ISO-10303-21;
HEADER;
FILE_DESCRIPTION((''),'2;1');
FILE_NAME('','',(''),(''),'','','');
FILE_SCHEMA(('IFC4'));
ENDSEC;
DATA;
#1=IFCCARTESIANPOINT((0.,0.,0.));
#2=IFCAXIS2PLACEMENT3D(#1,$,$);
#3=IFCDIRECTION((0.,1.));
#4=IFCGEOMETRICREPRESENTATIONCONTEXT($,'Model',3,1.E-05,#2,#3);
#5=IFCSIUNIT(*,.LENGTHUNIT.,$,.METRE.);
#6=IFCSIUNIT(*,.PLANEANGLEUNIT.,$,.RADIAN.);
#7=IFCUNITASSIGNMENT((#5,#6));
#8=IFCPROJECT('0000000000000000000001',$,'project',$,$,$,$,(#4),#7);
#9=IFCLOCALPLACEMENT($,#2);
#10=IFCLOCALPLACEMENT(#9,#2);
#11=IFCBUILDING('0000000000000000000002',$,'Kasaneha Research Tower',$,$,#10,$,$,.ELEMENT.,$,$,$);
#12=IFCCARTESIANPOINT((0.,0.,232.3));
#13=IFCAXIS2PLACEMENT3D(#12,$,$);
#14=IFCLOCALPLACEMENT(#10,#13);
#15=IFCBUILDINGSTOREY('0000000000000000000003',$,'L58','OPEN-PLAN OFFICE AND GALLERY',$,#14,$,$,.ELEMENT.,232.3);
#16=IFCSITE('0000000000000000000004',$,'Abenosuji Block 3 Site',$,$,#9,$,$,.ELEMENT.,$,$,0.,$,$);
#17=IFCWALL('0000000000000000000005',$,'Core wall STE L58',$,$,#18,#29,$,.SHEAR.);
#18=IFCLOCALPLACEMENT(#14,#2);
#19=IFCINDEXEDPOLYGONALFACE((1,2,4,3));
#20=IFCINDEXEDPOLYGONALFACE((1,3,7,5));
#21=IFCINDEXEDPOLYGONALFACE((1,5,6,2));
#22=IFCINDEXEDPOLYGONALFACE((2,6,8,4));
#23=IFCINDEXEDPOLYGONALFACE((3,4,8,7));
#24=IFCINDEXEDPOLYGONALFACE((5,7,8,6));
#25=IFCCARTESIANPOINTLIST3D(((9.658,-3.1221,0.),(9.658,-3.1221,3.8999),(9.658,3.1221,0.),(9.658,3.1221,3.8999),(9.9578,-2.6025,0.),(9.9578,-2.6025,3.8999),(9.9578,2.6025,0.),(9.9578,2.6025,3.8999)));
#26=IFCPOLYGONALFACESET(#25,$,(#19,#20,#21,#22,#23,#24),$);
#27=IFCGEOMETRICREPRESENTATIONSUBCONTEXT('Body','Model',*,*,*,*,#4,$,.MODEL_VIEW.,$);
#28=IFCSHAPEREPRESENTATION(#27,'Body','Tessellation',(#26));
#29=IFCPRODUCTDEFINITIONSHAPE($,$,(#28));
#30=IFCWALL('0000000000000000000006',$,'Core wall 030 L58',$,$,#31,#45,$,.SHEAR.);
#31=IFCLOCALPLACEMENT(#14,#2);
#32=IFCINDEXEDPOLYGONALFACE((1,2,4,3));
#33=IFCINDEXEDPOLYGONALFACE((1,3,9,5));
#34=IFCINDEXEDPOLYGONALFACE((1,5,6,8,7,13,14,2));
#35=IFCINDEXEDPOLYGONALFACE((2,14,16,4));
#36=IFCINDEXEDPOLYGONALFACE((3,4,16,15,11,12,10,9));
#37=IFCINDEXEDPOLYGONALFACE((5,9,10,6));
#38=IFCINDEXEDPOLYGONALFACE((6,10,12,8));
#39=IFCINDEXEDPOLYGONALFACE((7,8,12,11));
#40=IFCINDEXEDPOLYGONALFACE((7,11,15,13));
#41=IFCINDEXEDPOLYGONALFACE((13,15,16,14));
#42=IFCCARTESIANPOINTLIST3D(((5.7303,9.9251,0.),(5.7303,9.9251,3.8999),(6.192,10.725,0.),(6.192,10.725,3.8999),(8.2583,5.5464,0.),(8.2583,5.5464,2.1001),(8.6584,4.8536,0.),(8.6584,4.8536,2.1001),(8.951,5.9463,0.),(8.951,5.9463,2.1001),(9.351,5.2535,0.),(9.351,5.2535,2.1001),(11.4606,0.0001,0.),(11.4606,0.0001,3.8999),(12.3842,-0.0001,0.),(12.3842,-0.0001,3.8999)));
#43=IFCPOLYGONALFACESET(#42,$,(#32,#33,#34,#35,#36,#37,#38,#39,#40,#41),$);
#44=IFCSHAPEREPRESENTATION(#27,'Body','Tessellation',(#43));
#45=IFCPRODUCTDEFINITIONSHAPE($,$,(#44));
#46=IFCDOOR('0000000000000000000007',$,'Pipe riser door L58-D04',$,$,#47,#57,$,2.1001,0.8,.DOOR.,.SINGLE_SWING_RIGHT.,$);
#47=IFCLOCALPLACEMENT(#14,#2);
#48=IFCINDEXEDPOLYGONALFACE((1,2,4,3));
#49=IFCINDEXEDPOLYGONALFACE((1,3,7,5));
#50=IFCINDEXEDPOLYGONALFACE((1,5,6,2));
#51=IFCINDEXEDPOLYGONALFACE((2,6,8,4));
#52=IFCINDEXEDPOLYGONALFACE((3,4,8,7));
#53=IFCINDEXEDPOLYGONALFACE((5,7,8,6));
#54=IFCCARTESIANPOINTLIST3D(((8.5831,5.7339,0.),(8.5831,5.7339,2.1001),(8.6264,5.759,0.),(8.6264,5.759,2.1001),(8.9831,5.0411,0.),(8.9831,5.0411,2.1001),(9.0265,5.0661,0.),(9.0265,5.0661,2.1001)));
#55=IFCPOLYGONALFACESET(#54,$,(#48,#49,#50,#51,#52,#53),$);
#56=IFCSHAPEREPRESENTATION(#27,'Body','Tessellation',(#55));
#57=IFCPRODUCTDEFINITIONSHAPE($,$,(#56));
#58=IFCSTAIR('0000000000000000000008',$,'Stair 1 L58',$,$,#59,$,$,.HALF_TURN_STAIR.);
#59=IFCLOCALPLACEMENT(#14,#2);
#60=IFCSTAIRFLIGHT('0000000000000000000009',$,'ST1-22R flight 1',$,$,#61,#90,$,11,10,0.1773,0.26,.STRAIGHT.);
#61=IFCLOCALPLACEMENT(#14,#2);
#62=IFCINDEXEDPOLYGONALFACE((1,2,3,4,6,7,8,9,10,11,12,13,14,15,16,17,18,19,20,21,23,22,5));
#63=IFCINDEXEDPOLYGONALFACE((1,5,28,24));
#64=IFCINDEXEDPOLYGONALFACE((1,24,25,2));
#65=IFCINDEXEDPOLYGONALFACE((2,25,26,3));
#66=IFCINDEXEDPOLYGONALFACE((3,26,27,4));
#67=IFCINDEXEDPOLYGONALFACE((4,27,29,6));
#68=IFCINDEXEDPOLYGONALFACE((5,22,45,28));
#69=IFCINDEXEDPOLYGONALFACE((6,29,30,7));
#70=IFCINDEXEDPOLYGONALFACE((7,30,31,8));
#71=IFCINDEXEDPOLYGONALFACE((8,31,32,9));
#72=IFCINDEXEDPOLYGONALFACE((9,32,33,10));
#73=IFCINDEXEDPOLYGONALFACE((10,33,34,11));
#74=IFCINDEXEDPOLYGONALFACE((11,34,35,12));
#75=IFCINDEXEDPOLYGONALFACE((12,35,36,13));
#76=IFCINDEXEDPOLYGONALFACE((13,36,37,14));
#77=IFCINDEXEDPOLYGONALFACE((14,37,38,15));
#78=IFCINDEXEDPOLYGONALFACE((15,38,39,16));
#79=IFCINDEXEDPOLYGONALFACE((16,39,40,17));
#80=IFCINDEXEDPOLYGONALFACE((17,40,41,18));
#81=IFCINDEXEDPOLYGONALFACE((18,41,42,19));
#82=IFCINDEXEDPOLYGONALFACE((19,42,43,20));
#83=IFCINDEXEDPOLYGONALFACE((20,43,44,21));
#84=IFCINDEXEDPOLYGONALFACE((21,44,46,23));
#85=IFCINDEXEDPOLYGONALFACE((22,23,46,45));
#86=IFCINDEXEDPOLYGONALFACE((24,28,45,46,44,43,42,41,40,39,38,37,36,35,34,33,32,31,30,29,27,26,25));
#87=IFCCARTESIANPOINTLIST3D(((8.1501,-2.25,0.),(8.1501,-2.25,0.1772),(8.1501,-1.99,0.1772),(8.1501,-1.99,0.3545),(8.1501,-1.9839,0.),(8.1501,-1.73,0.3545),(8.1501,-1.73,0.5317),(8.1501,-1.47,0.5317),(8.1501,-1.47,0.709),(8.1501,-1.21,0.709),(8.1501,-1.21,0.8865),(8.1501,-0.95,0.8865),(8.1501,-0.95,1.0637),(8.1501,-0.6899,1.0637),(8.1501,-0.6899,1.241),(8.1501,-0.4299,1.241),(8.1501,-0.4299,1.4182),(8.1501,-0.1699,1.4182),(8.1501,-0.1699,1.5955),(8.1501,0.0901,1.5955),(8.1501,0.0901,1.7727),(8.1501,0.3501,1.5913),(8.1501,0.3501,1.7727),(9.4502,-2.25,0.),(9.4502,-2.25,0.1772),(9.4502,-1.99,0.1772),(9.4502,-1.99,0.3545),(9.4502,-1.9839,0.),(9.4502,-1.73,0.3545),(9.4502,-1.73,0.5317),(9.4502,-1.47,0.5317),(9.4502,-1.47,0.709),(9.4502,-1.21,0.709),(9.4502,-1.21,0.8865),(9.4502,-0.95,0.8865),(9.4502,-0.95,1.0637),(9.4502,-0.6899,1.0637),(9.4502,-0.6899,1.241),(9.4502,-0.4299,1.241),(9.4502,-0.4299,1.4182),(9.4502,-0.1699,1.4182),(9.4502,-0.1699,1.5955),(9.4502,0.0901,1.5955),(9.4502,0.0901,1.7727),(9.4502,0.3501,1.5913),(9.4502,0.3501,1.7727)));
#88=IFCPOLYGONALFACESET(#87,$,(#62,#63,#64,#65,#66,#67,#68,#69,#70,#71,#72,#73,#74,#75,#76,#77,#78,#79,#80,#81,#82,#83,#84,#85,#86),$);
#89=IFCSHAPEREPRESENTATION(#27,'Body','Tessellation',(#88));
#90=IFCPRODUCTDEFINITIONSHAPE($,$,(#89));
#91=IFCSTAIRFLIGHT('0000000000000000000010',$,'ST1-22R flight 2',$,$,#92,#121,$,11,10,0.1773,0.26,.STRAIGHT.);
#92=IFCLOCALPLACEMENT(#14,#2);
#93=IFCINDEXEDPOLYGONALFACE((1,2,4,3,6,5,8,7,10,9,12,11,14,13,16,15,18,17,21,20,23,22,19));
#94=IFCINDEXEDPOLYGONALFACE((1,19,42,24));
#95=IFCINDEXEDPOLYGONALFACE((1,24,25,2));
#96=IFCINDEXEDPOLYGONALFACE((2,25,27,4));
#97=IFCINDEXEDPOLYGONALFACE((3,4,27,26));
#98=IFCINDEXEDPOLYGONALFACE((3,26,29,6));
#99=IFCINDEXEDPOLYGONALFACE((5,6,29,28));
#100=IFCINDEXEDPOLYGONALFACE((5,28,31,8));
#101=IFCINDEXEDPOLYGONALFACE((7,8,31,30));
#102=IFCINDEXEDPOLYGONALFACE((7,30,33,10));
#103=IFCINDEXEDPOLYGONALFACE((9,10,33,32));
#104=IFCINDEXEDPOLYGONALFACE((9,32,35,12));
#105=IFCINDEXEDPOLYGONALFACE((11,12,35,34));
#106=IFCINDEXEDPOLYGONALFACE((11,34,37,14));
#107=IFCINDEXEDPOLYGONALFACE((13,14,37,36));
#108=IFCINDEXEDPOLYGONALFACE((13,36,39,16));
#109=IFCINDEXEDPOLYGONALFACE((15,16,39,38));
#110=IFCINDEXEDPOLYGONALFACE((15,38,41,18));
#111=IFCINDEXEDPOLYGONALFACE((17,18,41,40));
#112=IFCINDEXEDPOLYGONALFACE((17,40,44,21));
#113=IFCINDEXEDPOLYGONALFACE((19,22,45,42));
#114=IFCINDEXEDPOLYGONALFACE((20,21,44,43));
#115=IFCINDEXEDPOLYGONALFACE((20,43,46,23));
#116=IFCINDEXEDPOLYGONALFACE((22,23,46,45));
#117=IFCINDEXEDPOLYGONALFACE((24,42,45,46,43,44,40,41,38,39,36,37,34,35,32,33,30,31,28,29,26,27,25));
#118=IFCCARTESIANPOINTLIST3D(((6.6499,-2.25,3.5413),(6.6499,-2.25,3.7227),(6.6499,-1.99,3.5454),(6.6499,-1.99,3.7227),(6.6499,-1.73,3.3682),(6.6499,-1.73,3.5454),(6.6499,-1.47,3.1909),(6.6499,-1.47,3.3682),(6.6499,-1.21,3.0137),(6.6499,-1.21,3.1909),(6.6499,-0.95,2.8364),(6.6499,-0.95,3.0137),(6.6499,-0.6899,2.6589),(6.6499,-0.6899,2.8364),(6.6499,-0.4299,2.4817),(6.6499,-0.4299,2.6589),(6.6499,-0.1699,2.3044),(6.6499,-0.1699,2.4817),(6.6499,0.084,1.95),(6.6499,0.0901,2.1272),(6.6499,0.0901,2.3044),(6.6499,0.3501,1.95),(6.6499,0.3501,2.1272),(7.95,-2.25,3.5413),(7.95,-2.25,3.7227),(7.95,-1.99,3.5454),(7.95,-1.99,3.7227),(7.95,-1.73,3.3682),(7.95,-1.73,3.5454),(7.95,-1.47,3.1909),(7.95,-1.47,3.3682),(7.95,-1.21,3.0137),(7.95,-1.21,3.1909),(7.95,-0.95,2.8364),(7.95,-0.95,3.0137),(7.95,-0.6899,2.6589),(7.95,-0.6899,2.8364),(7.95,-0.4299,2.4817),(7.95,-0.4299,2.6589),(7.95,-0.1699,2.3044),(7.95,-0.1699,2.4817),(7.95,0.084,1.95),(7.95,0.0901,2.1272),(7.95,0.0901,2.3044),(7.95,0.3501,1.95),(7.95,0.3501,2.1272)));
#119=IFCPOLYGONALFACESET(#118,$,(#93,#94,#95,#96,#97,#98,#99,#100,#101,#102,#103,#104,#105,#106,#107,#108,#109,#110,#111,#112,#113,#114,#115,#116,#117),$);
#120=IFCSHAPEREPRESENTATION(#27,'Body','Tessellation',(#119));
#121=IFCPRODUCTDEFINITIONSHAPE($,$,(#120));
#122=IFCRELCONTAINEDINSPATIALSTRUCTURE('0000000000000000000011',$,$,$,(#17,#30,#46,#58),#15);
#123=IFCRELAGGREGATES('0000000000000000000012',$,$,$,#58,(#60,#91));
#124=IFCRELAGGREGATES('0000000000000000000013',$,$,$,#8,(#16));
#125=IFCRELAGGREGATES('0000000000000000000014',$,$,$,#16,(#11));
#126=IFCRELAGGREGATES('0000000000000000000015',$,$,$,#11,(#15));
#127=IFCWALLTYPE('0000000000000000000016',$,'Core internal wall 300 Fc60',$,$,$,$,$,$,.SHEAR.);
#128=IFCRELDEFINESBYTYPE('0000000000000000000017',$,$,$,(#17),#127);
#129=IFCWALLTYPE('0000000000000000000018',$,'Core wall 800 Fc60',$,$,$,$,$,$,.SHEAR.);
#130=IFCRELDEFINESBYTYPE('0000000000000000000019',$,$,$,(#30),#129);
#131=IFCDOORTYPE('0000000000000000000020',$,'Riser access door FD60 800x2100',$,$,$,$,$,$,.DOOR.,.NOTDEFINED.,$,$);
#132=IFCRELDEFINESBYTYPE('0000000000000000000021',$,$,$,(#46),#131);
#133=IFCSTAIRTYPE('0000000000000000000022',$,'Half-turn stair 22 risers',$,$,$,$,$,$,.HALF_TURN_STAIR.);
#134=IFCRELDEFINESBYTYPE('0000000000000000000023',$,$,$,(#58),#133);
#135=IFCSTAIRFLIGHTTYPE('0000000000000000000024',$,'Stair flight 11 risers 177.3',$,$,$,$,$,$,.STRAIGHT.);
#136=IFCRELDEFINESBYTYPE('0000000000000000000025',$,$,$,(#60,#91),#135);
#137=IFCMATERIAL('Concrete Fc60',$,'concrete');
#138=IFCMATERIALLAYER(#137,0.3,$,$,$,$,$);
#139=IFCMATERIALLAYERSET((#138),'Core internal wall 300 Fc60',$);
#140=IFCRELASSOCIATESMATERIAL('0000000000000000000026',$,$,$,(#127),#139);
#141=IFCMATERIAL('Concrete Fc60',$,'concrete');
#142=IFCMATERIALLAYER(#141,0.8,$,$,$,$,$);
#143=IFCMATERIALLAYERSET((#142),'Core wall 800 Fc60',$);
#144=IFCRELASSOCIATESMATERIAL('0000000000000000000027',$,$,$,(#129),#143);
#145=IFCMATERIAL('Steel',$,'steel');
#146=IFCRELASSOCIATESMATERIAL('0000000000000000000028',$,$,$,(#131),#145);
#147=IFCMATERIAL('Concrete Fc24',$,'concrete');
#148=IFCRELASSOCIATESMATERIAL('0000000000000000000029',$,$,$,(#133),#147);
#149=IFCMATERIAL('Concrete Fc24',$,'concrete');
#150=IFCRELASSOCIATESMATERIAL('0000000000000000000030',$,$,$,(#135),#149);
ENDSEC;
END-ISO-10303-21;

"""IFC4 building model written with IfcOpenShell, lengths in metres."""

from ifc_helpers import new_model, si_unit, direction, frame, frame_2d, origin, place, context, subcontext, project, spatial, polyline, rectangle, outline, extrude, material, layer, layer_set, type_object, element, fill, aggregate, save


model = new_model("IFC4")

# Units and contexts
model_context = context("Model", 3, precision=1e-05, world=origin(), true_north=direction((0.0, 1.0)))
body_context = subcontext(model_context, "Body", "Model", "MODEL_VIEW")
ifc_project = project(units=[si_unit("LENGTHUNIT", "METRE"), si_unit("PLANEANGLEUNIT", "RADIAN")], contexts=[model_context])

# Site, building, storey
site_placement = place(None, origin())
site = spatial("IfcSite", under=ifc_project, at=site_placement, Name="Abenosuji Block 3 Site", CompositionType="ELEMENT", RefElevation=0.0)
building_placement = place(site_placement, origin())
building = spatial("IfcBuilding", under=site, at=building_placement, Name="Kasaneha Research Tower", CompositionType="ELEMENT")
storey_placement = place(building_placement, frame((0.0, 0.0, 232.3)))
storey = spatial("IfcBuildingStorey", under=building, at=storey_placement, Name="L58", Description="OPEN-PLAN OFFICE AND GALLERY", CompositionType="ELEMENT", Elevation=232.3)

# Shared definitions
ifc_material_1 = material(Name="Concrete Fc60", Category="concrete")
ifc_layer_1 = layer(ifc_material_1, 0.3)
ifc_layer_set_1 = layer_set([ifc_layer_1], Name="Core internal wall 300 Fc60")
wall_type_1 = type_object("IfcWallType", Name="Core internal wall 300 Fc60", PredefinedType="SHEAR", material=ifc_layer_set_1)

# Wall
wall_1_placement = place(storey_placement, frame((9.8079, -2.8623, 0.0), z_axis=(0.0, 0.0, 1.0), x_axis=(0.0, 1.0, 0.0)))
element("IfcWall", 1, at=wall_1_placement, inside=storey, type_object=wall_type_1, Name="Core wall STE L58", PredefinedType="SHEAR", context=body_context, shape_type="SweptSolid", body=[
    extrude(outline(polyline([(0.2598, -0.1499), (5.4648, -0.1499), (5.9844, 0.1499), (-0.2598, 0.1499), (0.2598, -0.1499)])), origin(), (0.0, 0.0, 1.0), 3.8999),
])

# Wall, opening, door
ifc_material_2 = material(Name="Concrete Fc60", Category="concrete")
ifc_layer_2 = layer(ifc_material_2, 0.8)
ifc_layer_set_2 = layer_set([ifc_layer_2], Name="Core wall 800 Fc60")
wall_type_2 = type_object("IfcWallType", Name="Core wall 800 Fc60", PredefinedType="SHEAR", material=ifc_layer_set_2)
wall_2_placement = place(storey_placement, frame((11.9224, 0.0, 0.0), z_axis=(0.0, 0.0, 1.0), x_axis=(-0.500004, 0.866023, 0.0)))
wall_2 = element("IfcWall", 2, at=wall_2_placement, inside=storey, type_object=wall_type_2, Name="Core wall 030 L58", PredefinedType="SHEAR", context=body_context, shape_type="SweptSolid", body=[
    extrude(outline(polyline([(-0.231, -0.3999), (5.8354, -0.3999), (6.6355, -0.3999), (12.1533, -0.3999), (11.6914, 0.3999), (6.6355, 0.3999), (5.8354, 0.3999), (0.231, 0.3999), (-0.231, -0.3999)])), origin(), (0.0, 0.0, 1.0), 3.8999),
])
opening_1_placement = place(wall_2_placement, frame((5.8354, 0.0, 0.0)))
opening_1 = element("IfcOpeningElement", 3, at=opening_1_placement, cuts=wall_2, PredefinedType="OPENING", context=body_context, shape_type="SweptSolid", body=[
    extrude(rectangle(XDim=0.8, YDim=2.1001, at=frame_2d((0.3999, 1.05))), frame((0.0, 0.4102, 0.0), z_axis=(0.0, -1.0, 0.0), x_axis=(1.0, 0.0, 0.0)), (0.0, 0.0, 1.0), 0.8201),
])
ifc_material_3 = material(Name="Steel", Category="steel")
door_type_1 = type_object("IfcDoorType", Name="Riser access door FD60 800x2100", OperationType="NOTDEFINED", PredefinedType="DOOR", material=ifc_material_3)
door_1_placement = place(opening_1_placement, origin())
door_1 = element("IfcDoor", 4, at=door_1_placement, inside=storey, type_object=door_type_1, Name="Pipe riser door L58-D04", OperationType="SINGLE_SWING_RIGHT", OverallHeight=2.1001, OverallWidth=0.8, PredefinedType="DOOR", context=body_context, shape_type="SweptSolid", body=[
    extrude(rectangle(XDim=0.8, YDim=2.1001, at=frame_2d((0.3999, 1.05))), frame((0.0, 0.0249, 0.0), z_axis=(0.0, -1.0, 0.0), x_axis=(1.0, 0.0, 0.0)), (0.0, 0.0, 1.0), 0.05),
])
fill(opening_1, door_1)

# Stair, stair flights
ifc_material_4 = material(Name="Concrete Fc24", Category="concrete")
stair_type = type_object("IfcStairType", Name="Half-turn stair 22 risers", PredefinedType="HALF_TURN_STAIR", material=ifc_material_4)
stair_placement = place(storey_placement, origin())
stair = element("IfcStair", 5, at=stair_placement, inside=storey, type_object=stair_type, Name="Stair 1 L58", PredefinedType="HALF_TURN_STAIR")
ifc_material_5 = material(Name="Concrete Fc24", Category="concrete")
stair_flight_type = type_object("IfcStairFlightType", Name="Stair flight 11 risers 177.3", PredefinedType="STRAIGHT", material=ifc_material_5)
stair_flight_1_placement = place(storey_placement, frame((8.8, -2.25, 0.0), z_axis=(0.0, 0.0, 1.0), x_axis=(0.0, 1.0, 0.0)))
stair_flight_1 = element("IfcStairFlight", 6, at=stair_flight_1_placement, type_object=stair_flight_type, Name="ST1-22R flight 1", NumberOfRisers=11, NumberOfTreads=10, PredefinedType="STRAIGHT", RiserHeight=0.1773, TreadLength=0.26, context=body_context, shape_type="SweptSolid", body=[
    extrude(outline(polyline([(0.0, 0.0), (0.0, 0.1772), (0.26, 0.1772), (0.26, 0.3545), (0.52, 0.3545), (0.52, 0.5317), (0.78, 0.5317), (0.78, 0.709), (1.04, 0.709), (1.04, 0.8865), (1.3, 0.8865), (1.3, 1.0637), (1.5601, 1.0637), (1.5601, 1.241), (1.8201, 1.241), (1.8201, 1.4182), (2.0801, 1.4182), (2.0801, 1.5955), (2.3401, 1.5955), (2.3401, 1.7727), (2.6001, 1.7727), (2.6001, 1.95), (2.6001, 1.5913), (0.2661, 0.0), (0.0, 0.0)])), frame((0.0, 0.6499, 0.0), z_axis=(0.0, -1.0, 0.0), x_axis=(1.0, 0.0, 0.0)), (0.0, 0.0, 1.0), 1.3),
])
stair_flight_2_placement = place(storey_placement, frame((7.3, 0.3501, 1.95), z_axis=(0.0, 0.0, 1.0), x_axis=(0.0, -1.0, 0.0)))
stair_flight_2 = element("IfcStairFlight", 7, at=stair_flight_2_placement, type_object=stair_flight_type, Name="ST1-22R flight 2", NumberOfRisers=11, NumberOfTreads=10, PredefinedType="STRAIGHT", RiserHeight=0.1773, TreadLength=0.26, context=body_context, shape_type="SweptSolid", body=[
    extrude(outline(polyline([(0.0, 0.0), (0.0, 0.1772), (0.26, 0.1772), (0.26, 0.3545), (0.52, 0.3545), (0.52, 0.5317), (0.78, 0.5317), (0.78, 0.709), (1.04, 0.709), (1.04, 0.8865), (1.3, 0.8865), (1.3, 1.0637), (1.5601, 1.0637), (1.5601, 1.241), (1.8201, 1.241), (1.8201, 1.4182), (2.0801, 1.4182), (2.0801, 1.5955), (2.3401, 1.5955), (2.3401, 1.7727), (2.6001, 1.7727), (2.6001, 1.95), (2.6001, 1.5913), (0.2661, 0.0), (0.0, 0.0)])), frame((0.0, 0.6499, 0.0), z_axis=(0.0, -1.0, 0.0), x_axis=(1.0, 0.0, 0.0)), (0.0, 0.0, 1.0), 1.3),
])
aggregate(stair, [stair_flight_1, stair_flight_2])

save(model, "model.ifc")
